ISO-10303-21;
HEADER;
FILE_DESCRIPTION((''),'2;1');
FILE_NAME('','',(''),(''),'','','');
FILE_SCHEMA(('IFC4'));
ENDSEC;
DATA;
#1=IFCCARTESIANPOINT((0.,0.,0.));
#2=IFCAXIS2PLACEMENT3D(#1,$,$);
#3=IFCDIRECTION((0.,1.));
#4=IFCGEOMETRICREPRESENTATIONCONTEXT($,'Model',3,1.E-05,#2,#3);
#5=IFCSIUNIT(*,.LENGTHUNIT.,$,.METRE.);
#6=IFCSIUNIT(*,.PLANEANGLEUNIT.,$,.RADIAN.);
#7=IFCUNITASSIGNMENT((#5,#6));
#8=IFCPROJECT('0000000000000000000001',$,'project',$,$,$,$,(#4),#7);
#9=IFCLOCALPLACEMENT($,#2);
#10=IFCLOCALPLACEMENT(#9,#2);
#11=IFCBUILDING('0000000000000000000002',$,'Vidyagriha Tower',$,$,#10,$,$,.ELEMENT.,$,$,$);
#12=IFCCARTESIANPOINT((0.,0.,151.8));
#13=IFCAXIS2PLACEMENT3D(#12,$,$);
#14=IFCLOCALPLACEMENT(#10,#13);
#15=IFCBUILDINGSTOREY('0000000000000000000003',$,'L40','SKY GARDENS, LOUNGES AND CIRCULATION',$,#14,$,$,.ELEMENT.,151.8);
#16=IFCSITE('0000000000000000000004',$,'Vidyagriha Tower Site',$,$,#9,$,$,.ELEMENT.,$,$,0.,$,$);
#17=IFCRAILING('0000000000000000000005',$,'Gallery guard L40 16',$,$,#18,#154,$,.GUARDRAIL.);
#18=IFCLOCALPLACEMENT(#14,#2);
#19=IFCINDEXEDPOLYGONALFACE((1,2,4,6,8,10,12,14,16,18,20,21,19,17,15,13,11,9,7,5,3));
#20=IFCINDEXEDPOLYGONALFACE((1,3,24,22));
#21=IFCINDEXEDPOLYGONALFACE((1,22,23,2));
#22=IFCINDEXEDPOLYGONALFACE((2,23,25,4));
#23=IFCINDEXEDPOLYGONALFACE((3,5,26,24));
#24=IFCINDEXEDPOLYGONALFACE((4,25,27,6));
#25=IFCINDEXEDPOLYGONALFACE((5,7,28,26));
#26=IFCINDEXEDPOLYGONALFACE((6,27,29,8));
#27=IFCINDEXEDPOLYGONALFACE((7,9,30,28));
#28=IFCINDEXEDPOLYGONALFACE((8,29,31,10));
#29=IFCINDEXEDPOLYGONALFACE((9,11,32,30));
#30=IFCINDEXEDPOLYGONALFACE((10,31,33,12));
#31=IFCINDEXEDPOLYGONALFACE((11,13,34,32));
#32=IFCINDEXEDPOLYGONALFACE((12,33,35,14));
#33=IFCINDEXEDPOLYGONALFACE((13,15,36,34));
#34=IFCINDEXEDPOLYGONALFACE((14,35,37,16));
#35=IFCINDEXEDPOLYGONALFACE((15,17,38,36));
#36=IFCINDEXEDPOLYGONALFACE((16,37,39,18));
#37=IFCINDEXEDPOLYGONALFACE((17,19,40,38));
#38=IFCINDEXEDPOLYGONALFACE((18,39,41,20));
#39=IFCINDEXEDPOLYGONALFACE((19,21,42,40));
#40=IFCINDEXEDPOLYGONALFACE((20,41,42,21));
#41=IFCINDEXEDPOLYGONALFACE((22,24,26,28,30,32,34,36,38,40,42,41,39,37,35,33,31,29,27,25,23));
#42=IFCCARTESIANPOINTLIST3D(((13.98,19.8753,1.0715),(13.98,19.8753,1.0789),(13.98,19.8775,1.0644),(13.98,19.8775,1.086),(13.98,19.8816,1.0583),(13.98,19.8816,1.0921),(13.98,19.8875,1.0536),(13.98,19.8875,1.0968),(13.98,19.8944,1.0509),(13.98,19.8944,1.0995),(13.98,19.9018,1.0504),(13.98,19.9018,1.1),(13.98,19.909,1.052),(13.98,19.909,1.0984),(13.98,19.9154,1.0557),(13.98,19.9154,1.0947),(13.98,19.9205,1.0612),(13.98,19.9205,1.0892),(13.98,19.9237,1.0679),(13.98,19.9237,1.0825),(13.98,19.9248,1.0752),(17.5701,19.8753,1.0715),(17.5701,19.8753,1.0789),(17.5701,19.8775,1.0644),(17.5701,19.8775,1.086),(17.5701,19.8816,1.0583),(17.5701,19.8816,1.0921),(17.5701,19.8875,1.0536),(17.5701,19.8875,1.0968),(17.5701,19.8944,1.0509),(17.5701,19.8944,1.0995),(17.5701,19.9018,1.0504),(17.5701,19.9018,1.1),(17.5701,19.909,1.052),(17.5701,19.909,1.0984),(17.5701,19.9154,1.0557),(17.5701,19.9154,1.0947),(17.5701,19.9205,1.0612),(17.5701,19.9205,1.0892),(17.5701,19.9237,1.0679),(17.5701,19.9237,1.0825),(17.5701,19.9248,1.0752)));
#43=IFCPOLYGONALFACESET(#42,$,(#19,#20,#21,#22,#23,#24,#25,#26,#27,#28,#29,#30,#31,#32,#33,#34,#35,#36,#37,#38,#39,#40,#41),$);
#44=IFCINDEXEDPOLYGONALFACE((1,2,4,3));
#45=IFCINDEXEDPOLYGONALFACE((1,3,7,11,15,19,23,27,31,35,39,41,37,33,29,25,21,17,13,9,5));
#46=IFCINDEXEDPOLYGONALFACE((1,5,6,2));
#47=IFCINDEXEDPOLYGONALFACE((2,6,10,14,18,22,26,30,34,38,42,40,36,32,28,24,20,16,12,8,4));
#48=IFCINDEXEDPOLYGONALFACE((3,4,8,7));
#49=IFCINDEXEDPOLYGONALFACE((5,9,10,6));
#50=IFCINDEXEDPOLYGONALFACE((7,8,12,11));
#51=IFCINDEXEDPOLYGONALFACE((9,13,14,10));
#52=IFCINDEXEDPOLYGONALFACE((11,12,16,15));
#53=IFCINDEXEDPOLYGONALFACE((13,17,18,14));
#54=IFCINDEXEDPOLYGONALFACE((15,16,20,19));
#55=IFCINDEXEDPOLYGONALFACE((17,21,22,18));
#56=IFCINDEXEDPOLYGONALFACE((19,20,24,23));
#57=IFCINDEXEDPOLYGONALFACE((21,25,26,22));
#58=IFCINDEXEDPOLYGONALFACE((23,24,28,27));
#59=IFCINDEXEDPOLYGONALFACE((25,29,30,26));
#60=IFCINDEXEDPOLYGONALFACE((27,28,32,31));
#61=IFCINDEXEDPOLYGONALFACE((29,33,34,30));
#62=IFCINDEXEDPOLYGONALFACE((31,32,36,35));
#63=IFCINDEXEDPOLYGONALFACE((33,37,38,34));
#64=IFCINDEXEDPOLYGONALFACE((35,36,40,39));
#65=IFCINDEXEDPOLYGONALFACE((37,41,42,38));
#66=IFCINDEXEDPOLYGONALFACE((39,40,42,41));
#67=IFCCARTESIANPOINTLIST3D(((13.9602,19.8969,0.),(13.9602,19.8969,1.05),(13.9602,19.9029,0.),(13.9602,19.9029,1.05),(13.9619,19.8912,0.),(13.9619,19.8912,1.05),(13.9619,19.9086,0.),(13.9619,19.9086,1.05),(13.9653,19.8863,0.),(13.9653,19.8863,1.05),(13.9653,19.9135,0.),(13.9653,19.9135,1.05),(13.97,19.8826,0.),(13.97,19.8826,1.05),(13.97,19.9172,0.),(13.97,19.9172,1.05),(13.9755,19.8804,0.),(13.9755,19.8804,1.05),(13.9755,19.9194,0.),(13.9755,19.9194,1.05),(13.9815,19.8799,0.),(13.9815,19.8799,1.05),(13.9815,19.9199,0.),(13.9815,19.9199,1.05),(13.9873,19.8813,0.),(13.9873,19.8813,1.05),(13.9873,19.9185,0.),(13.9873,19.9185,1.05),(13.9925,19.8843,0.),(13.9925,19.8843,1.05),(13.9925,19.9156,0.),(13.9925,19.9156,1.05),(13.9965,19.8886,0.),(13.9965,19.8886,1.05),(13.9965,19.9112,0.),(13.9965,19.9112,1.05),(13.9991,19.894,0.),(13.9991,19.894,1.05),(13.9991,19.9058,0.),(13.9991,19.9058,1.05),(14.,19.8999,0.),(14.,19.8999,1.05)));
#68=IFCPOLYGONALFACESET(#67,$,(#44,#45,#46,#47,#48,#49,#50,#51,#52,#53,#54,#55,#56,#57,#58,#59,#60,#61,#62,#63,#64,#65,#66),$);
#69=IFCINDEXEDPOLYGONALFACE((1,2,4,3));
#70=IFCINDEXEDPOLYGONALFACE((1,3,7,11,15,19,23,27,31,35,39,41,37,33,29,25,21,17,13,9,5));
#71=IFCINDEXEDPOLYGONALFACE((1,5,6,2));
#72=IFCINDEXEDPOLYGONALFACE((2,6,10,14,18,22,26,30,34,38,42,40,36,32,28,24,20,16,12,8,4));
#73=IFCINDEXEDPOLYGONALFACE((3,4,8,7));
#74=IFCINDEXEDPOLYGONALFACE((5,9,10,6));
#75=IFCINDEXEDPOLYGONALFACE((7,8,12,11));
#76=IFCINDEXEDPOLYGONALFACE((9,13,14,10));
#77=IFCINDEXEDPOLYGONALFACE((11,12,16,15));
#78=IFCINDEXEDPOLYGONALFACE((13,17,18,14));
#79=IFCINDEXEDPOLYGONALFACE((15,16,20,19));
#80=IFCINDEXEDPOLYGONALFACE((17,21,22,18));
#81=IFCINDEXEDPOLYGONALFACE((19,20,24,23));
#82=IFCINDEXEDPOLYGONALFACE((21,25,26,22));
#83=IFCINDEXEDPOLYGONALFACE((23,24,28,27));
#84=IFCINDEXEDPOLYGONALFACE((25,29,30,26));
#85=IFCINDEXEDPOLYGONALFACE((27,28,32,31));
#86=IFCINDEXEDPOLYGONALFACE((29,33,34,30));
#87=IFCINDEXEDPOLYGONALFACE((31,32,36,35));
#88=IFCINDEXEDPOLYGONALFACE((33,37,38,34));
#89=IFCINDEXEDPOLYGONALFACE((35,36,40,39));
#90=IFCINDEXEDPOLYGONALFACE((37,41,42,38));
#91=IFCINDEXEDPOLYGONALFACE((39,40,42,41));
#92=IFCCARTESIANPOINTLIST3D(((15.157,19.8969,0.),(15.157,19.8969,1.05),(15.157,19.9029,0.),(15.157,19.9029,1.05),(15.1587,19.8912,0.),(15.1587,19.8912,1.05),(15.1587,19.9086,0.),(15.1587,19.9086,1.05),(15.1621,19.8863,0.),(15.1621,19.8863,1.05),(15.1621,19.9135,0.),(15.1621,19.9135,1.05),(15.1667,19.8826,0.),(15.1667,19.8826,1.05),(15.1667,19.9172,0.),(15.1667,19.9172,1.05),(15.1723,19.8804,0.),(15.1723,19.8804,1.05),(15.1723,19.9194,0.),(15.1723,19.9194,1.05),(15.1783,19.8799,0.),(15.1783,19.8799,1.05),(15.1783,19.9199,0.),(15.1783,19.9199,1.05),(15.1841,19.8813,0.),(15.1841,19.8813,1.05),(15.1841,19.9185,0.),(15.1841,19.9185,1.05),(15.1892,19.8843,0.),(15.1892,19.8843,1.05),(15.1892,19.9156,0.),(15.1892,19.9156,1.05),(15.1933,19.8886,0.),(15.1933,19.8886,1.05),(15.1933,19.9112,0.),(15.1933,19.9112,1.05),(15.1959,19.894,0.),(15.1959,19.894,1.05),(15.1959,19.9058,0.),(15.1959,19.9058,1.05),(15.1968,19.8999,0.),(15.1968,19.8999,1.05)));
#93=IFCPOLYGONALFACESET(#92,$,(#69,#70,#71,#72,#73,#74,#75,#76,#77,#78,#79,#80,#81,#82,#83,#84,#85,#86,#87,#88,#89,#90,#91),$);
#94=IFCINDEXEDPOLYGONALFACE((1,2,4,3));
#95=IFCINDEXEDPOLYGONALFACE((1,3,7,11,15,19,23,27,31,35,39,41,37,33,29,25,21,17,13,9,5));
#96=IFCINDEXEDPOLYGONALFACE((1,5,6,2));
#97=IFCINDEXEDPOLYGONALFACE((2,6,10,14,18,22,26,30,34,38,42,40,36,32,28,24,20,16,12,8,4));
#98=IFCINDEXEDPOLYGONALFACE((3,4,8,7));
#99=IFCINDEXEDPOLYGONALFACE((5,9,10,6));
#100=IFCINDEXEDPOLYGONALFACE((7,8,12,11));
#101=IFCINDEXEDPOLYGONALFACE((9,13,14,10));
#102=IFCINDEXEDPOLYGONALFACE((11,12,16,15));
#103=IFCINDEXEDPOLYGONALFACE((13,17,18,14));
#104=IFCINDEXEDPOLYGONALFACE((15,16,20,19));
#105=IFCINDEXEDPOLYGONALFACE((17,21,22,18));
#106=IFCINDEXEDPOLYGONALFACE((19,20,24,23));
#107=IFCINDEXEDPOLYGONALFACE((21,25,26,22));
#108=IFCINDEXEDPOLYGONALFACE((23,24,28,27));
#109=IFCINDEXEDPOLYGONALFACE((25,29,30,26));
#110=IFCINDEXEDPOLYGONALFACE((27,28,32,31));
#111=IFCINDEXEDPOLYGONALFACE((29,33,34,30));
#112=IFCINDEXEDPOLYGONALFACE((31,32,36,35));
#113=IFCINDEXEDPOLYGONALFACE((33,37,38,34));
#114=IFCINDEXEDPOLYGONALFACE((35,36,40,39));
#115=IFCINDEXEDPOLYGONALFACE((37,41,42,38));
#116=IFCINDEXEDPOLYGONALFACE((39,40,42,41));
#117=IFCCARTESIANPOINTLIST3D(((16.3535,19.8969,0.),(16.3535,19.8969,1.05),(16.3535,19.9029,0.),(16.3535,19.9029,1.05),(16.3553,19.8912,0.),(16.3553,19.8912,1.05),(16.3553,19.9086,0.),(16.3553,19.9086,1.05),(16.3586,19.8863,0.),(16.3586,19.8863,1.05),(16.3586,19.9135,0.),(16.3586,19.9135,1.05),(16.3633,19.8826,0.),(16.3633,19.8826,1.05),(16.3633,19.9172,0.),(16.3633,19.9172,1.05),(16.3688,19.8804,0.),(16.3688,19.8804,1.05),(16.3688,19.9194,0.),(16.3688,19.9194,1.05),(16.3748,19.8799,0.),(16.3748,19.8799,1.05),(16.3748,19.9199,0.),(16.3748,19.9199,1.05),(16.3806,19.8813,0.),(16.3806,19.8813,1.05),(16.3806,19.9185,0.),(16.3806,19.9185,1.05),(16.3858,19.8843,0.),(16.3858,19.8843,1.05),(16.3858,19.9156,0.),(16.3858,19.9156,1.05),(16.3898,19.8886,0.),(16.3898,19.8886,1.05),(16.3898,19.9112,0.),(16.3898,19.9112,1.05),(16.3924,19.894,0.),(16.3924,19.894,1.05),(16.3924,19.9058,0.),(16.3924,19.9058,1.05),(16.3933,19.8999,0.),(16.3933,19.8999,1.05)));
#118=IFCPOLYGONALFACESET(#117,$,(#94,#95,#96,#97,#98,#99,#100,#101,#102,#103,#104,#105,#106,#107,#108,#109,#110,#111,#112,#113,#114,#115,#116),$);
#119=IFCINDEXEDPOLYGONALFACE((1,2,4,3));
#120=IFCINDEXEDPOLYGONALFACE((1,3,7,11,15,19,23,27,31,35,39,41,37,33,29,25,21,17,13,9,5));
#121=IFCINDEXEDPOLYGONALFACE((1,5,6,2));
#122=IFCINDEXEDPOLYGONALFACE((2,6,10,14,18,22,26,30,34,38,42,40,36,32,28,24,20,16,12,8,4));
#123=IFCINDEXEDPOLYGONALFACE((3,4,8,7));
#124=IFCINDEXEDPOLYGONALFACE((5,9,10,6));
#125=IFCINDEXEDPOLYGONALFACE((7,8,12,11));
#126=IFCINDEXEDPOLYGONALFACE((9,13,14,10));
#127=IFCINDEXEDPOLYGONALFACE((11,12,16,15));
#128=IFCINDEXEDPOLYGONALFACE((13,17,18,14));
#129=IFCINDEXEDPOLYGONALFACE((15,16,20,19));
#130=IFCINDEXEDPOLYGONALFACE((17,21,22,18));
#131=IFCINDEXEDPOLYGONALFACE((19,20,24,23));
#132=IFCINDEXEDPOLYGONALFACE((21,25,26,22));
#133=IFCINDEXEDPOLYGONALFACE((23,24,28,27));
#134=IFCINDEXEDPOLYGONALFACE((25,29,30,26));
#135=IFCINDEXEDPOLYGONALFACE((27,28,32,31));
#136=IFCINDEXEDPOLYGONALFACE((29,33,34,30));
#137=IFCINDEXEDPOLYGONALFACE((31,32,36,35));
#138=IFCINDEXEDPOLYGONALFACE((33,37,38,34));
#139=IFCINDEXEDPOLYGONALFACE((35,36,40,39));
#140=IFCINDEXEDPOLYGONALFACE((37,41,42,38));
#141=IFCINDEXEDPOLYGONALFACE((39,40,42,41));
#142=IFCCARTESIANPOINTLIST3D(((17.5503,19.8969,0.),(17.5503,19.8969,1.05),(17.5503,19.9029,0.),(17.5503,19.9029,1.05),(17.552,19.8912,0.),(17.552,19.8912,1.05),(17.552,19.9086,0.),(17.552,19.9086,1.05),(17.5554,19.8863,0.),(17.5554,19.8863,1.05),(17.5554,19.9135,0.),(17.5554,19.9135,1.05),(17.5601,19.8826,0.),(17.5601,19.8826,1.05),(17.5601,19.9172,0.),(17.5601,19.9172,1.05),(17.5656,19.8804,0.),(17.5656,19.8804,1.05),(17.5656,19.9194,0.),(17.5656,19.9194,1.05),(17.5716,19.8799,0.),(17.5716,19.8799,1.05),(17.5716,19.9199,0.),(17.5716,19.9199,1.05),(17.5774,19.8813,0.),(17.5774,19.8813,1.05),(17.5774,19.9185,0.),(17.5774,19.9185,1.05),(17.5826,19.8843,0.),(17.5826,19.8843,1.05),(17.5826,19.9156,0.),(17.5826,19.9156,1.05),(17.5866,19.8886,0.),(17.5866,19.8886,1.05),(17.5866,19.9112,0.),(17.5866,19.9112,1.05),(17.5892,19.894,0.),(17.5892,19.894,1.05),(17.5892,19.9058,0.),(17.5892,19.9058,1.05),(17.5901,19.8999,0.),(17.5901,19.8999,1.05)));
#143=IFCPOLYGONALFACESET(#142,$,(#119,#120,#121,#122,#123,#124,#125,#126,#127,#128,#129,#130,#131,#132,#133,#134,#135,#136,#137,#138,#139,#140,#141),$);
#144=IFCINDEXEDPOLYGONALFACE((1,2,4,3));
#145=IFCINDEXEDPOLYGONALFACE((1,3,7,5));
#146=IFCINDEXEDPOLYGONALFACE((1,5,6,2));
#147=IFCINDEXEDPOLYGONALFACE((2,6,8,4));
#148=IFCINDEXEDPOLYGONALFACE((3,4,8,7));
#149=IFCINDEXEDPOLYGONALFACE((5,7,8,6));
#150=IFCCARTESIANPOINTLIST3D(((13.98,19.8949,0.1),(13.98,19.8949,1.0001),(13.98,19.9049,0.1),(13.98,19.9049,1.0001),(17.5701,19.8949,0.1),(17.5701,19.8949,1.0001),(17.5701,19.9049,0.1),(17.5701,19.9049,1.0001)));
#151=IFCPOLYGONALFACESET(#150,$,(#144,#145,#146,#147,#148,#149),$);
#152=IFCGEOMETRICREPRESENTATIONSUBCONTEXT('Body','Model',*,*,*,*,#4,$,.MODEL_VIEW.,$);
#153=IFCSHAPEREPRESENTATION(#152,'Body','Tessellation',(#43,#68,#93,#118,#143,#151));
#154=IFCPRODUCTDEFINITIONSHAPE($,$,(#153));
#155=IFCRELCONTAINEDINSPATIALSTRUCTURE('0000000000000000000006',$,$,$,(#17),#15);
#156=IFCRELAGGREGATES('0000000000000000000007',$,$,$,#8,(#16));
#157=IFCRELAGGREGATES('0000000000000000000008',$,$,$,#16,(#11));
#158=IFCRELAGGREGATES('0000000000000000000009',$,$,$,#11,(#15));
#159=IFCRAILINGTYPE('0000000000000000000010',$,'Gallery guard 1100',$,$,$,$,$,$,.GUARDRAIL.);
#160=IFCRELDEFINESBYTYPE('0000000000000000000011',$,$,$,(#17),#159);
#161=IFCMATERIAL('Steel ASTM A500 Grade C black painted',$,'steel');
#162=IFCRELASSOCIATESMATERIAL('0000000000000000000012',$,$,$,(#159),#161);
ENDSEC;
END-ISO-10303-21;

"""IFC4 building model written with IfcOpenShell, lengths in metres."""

from ifc_helpers import new_model, si_unit, direction, frame, origin, origin_2d, place, context, subcontext, project, spatial, rectangle, circle, extrude, material, type_object, element, save


model = new_model("IFC4")

# Units and contexts
model_context = context("Model", 3, precision=1e-05, world=origin(), true_north=direction((0.0, 1.0)))
body_context = subcontext(model_context, "Body", "Model", "MODEL_VIEW")
ifc_project = project(units=[si_unit("LENGTHUNIT", "METRE"), si_unit("PLANEANGLEUNIT", "RADIAN")], contexts=[model_context])

# Site, building, storey
site_placement = place(None, origin())
site = spatial("IfcSite", under=ifc_project, at=site_placement, Name="Vidyagriha Tower Site", CompositionType="ELEMENT", RefElevation=0.0)
building_placement = place(site_placement, origin())
building = spatial("IfcBuilding", under=site, at=building_placement, Name="Vidyagriha Tower", CompositionType="ELEMENT")
storey_placement = place(building_placement, frame((0.0, 0.0, 151.8)))
storey = spatial("IfcBuildingStorey", under=building, at=storey_placement, Name="L40", Description="SKY GARDENS, LOUNGES AND CIRCULATION", CompositionType="ELEMENT", Elevation=151.8)

# Railing
ifc_material_1 = material(Name="Steel ASTM A500 Grade C black painted", Category="steel")
railing_type_1 = type_object("IfcRailingType", Name="Gallery guard 1100", PredefinedType="GUARDRAIL", material=ifc_material_1)
railing_1_placement = place(storey_placement, frame((13.98, 19.8999, 0.0)))
element("IfcRailing", 1, at=railing_1_placement, inside=storey, type_object=railing_type_1, Name="Gallery guard L40 16", PredefinedType="GUARDRAIL", context=body_context, shape_type="SweptSolid", body=[
    extrude(circle(Radius=0.0249, at=origin_2d()), frame((0.0, 0.0, 1.0752), z_axis=(1.0, 0.0, 0.0), x_axis=(0.0, 1.0, 0.0)), (0.0, 0.0, 1.0), 3.5901),
    extrude(circle(Radius=0.02, at=origin_2d()), origin(), (0.0, 0.0, 1.0), 1.05),
    extrude(circle(Radius=0.02, at=origin_2d()), frame((1.1968, 0.0, 0.0)), (0.0, 0.0, 1.0), 1.05),
    extrude(circle(Radius=0.02, at=origin_2d()), frame((2.3933, 0.0, 0.0)), (0.0, 0.0, 1.0), 1.05),
    extrude(circle(Radius=0.02, at=origin_2d()), frame((3.5901, 0.0, 0.0)), (0.0, 0.0, 1.0), 1.05),
    extrude(rectangle(XDim=0.01, YDim=0.9001, at=origin_2d()), frame((0.0, 0.0, 0.55), z_axis=(1.0, 0.0, 0.0), x_axis=(0.0, 1.0, 0.0)), (0.0, 0.0, 1.0), 3.5901),
])

save(model, "model.ifc")
